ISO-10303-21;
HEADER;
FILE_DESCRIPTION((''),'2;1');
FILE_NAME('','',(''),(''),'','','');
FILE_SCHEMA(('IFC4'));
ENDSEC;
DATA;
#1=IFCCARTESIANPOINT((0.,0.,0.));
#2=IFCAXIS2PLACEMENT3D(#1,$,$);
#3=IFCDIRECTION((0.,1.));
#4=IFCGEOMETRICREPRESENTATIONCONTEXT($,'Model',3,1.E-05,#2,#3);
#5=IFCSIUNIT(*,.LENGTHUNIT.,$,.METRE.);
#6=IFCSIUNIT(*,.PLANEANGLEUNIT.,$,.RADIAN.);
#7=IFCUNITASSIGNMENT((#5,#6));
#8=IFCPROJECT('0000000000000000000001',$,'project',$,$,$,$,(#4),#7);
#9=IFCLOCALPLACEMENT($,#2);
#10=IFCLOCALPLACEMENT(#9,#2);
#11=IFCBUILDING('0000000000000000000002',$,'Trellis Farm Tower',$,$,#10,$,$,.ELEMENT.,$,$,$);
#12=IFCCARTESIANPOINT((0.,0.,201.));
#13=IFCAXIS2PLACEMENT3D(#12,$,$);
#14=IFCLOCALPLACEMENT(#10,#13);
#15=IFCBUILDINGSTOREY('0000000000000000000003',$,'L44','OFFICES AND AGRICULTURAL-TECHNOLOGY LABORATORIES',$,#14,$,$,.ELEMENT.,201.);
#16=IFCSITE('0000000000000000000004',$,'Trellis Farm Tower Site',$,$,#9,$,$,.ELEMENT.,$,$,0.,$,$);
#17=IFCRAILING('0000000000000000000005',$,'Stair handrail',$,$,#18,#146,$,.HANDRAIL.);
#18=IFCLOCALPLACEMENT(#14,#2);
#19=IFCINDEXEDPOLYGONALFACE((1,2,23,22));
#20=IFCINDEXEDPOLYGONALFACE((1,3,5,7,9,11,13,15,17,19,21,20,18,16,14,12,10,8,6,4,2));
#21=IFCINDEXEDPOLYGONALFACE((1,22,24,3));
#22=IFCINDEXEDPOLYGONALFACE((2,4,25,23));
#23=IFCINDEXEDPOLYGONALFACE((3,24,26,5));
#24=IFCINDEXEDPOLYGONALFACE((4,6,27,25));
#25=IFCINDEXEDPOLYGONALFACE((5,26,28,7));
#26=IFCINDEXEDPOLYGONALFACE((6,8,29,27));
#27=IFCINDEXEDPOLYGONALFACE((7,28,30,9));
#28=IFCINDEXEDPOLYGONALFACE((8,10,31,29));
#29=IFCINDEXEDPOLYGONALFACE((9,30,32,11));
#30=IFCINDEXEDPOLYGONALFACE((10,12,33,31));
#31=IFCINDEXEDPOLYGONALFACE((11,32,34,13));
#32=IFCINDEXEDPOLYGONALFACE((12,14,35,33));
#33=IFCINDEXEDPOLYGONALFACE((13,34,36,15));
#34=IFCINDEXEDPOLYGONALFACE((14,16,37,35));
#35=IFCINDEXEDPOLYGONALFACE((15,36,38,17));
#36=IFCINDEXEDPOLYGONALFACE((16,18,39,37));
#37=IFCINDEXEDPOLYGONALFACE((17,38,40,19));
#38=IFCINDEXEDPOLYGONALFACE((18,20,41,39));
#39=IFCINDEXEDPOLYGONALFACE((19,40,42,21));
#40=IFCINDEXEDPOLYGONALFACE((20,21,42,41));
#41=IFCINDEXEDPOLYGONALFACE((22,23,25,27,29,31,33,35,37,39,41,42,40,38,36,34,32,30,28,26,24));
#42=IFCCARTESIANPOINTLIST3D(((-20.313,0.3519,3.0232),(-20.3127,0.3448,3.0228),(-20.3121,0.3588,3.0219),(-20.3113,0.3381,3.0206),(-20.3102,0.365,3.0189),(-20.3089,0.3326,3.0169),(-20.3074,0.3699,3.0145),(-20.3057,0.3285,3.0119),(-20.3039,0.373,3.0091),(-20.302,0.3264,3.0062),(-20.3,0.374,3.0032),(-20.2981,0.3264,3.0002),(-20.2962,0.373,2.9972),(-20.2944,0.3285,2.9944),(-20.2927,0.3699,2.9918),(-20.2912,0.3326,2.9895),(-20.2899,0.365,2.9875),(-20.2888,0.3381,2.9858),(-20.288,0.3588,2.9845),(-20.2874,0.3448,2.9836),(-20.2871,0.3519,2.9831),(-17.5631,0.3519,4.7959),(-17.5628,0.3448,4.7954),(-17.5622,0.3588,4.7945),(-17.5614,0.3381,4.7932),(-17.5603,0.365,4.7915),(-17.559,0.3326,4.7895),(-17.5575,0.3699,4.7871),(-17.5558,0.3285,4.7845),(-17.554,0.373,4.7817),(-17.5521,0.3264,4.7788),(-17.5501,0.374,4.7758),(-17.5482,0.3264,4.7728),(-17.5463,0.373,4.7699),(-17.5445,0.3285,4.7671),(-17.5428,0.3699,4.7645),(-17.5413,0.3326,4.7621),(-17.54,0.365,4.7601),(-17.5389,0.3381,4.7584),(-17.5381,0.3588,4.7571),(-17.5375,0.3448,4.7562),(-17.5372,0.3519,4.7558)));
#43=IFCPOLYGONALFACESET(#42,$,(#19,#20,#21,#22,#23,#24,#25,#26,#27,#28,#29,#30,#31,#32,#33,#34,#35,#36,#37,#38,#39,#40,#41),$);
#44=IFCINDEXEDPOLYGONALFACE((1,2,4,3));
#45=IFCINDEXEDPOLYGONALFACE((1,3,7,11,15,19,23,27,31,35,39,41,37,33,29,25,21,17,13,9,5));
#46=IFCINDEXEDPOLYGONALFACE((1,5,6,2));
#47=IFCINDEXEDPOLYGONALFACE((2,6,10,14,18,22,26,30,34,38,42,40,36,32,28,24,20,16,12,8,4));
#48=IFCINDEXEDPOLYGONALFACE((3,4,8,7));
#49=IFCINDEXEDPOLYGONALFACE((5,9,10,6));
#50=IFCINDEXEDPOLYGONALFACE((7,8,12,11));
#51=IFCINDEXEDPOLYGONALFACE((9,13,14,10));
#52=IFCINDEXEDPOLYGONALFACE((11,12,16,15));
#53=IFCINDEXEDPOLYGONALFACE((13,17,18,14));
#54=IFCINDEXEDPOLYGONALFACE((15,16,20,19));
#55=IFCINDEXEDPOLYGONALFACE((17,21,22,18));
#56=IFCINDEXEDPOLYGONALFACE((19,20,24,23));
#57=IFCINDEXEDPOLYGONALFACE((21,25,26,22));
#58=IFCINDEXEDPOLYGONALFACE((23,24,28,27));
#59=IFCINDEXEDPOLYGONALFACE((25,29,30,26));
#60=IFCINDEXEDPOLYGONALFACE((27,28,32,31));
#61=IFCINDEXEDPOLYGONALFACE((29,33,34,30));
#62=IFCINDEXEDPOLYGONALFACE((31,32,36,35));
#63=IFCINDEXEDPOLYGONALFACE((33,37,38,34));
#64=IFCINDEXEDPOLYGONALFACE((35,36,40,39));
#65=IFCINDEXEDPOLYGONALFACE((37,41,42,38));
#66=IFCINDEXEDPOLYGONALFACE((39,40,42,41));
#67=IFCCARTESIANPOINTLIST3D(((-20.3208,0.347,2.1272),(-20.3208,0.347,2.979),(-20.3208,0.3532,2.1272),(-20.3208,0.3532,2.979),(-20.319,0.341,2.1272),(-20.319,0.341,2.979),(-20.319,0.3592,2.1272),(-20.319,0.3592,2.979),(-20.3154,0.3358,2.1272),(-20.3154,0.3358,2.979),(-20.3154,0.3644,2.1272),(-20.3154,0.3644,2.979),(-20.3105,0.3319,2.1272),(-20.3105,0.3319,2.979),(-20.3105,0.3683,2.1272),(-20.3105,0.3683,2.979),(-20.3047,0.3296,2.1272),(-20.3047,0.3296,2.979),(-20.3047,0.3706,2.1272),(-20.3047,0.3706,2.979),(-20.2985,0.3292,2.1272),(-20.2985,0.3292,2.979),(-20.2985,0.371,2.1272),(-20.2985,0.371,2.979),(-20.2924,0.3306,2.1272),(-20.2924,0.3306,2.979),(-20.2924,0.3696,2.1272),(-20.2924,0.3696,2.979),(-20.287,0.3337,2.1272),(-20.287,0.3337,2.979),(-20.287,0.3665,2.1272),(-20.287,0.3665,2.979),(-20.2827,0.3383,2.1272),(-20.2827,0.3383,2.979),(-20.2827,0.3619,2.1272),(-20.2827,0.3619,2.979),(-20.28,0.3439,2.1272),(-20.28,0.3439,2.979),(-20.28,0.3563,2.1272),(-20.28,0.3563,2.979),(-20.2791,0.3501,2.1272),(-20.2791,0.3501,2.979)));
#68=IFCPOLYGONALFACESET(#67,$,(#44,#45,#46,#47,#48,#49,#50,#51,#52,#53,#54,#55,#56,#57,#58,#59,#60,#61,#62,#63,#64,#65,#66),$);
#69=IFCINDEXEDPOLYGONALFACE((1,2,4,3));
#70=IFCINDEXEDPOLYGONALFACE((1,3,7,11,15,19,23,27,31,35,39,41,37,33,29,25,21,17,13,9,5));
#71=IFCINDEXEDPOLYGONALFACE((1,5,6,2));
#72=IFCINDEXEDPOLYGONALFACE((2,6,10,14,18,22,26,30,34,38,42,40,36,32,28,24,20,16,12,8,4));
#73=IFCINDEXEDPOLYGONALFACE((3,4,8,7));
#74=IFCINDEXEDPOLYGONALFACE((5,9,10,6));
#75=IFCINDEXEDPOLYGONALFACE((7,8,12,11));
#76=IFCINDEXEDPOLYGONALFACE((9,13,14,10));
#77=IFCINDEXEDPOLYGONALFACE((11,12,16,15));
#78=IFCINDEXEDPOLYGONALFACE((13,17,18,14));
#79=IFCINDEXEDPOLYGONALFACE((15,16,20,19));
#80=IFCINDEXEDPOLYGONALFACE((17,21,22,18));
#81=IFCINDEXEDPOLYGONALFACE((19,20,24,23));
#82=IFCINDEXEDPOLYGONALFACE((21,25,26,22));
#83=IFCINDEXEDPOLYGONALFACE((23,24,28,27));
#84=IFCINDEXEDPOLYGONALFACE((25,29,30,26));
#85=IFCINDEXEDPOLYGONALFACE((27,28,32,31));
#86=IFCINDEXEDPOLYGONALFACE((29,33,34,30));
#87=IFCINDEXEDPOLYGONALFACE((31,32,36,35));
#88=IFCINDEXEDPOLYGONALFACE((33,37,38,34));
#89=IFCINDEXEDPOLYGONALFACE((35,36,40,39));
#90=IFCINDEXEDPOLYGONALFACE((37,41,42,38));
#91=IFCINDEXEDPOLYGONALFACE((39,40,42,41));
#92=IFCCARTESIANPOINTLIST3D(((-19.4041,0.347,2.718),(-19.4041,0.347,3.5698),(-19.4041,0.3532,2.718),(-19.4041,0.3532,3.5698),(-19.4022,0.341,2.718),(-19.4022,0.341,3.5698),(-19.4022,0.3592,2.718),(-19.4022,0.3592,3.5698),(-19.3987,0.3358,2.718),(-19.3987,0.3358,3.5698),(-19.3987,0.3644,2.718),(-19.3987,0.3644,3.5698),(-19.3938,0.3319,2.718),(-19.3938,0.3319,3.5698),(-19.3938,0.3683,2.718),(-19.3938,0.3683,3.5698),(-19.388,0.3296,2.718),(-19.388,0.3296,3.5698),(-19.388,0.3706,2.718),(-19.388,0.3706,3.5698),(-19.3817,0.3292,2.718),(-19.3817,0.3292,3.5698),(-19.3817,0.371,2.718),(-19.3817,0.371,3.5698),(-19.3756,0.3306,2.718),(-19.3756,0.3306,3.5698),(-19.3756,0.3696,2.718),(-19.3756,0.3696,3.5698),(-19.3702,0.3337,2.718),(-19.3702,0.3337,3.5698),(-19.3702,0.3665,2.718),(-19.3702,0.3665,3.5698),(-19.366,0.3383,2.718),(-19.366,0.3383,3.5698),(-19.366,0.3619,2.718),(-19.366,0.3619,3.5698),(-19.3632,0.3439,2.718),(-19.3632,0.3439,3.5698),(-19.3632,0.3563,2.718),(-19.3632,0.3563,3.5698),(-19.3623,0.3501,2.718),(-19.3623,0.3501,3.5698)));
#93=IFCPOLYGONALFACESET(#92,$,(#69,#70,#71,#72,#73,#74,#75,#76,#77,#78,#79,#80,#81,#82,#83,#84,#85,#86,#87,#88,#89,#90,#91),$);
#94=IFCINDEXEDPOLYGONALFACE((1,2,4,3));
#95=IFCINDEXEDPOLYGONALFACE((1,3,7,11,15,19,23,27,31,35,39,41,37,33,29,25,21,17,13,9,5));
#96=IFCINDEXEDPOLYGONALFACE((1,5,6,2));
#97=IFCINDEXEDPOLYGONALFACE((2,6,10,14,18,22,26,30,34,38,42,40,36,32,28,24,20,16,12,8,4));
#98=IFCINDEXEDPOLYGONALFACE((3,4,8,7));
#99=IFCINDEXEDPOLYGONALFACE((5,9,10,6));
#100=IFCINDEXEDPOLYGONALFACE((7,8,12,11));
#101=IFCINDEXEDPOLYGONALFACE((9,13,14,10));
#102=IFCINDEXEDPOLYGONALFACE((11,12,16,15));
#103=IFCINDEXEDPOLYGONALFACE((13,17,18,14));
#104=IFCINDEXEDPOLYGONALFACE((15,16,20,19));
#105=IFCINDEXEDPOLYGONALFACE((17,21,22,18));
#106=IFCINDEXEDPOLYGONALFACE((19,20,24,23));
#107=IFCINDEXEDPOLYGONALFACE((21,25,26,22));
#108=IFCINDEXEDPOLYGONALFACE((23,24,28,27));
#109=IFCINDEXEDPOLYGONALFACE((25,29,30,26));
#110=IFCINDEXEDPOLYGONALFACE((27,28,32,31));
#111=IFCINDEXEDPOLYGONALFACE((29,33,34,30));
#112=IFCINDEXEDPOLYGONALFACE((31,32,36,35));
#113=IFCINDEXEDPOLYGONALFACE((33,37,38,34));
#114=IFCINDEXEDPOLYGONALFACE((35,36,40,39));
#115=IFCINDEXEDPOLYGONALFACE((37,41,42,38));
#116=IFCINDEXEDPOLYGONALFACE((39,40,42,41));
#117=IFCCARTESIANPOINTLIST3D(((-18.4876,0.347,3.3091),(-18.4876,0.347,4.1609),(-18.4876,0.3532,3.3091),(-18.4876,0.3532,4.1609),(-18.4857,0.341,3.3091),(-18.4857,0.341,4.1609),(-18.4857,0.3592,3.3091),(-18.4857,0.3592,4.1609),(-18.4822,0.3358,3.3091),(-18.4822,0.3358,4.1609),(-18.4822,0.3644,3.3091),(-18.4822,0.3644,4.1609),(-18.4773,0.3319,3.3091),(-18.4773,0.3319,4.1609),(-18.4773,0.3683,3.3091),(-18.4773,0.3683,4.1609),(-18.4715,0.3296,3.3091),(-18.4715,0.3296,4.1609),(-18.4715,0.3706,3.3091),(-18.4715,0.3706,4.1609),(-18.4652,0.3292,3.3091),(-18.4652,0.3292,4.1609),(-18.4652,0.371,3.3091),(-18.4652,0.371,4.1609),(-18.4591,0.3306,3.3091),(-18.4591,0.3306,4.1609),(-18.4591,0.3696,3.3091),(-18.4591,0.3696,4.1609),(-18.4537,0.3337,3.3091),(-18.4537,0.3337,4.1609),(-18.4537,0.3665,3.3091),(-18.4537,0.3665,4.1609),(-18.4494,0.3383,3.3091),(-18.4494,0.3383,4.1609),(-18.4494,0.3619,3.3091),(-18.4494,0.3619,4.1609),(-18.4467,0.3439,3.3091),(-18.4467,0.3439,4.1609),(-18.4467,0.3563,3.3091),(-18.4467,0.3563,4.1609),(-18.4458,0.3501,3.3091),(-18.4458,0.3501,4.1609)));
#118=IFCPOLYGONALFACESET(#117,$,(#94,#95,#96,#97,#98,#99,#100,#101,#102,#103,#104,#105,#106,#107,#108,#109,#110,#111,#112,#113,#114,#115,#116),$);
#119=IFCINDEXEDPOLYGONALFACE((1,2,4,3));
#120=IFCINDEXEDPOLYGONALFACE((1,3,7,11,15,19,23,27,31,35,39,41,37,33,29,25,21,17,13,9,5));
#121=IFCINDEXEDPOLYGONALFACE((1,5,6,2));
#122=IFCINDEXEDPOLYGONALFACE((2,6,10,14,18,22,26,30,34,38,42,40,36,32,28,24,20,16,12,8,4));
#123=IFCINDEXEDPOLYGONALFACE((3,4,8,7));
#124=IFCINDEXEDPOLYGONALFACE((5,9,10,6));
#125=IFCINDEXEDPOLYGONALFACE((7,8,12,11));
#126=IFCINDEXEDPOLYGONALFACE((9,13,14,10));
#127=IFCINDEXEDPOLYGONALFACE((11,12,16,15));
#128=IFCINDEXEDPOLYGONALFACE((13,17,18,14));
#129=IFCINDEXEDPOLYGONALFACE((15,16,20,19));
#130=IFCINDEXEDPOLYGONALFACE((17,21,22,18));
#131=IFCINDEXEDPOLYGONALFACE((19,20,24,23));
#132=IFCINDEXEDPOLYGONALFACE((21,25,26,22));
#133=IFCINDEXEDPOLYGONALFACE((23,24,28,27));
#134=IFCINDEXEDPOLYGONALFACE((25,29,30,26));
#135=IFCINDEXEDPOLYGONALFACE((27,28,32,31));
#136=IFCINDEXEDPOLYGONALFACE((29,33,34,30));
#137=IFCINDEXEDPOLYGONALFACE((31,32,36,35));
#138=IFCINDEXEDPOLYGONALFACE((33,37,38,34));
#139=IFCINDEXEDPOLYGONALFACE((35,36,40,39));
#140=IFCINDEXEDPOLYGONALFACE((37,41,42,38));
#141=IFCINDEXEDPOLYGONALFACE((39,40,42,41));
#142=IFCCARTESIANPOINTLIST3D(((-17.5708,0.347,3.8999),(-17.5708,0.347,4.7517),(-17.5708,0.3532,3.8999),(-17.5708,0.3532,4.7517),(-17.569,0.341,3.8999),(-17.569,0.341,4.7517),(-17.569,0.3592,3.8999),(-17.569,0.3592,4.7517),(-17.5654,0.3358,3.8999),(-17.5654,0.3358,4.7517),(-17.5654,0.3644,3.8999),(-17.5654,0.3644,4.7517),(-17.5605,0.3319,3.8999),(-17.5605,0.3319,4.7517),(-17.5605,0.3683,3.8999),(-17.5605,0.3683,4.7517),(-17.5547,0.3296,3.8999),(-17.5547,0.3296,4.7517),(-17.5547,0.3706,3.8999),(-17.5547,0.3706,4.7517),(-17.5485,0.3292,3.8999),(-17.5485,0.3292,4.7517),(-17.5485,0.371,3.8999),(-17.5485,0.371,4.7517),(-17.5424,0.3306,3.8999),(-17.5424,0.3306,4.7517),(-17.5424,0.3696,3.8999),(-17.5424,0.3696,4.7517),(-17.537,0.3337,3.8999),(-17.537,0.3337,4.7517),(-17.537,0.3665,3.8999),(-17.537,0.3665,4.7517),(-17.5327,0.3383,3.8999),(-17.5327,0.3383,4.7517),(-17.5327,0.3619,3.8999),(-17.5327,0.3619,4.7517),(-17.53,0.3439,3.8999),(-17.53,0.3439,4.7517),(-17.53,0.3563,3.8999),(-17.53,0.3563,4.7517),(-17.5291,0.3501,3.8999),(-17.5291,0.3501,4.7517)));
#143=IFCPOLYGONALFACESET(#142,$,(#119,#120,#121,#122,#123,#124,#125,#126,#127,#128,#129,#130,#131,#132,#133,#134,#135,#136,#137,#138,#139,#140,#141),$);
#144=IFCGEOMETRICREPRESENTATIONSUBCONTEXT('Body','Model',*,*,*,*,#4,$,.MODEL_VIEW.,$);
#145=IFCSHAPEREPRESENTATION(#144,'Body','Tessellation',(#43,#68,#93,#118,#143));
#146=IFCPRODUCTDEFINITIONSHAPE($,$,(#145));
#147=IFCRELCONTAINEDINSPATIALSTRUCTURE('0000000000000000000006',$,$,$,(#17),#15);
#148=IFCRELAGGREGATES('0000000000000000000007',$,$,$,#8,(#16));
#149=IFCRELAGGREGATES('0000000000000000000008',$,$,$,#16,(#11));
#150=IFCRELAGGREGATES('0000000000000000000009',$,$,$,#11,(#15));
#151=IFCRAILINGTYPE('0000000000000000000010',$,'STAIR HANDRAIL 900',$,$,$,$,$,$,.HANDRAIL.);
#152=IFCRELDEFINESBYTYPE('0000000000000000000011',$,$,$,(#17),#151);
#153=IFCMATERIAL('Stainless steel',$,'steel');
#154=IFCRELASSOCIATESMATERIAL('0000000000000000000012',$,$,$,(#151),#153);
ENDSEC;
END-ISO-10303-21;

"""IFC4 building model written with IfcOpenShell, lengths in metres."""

from ifc_helpers import new_model, si_unit, direction, frame, origin, origin_2d, place, context, subcontext, project, spatial, circle, extrude, source, transform, mapped, material, type_object, element, save


model = new_model("IFC4")

# Units and contexts
model_context = context("Model", 3, precision=1e-05, world=origin(), true_north=direction((0.0, 1.0)))
body_context = subcontext(model_context, "Body", "Model", "MODEL_VIEW")
ifc_project = project(units=[si_unit("LENGTHUNIT", "METRE"), si_unit("PLANEANGLEUNIT", "RADIAN")], contexts=[model_context])

# Site, building, storey
site_placement = place(None, origin())
site = spatial("IfcSite", under=ifc_project, at=site_placement, Name="Trellis Farm Tower Site", CompositionType="ELEMENT", RefElevation=0.0)
building_placement = place(site_placement, origin())
building = spatial("IfcBuilding", under=site, at=building_placement, Name="Trellis Farm Tower", CompositionType="ELEMENT")
storey_placement = place(building_placement, frame((0.0, 0.0, 201.0)))
storey = spatial("IfcBuildingStorey", under=building, at=storey_placement, Name="L44", Description="OFFICES AND AGRICULTURAL-TECHNOLOGY LABORATORIES", CompositionType="ELEMENT", Elevation=201.0)

# Railing
ifc_material_1 = material(Name="Stainless steel", Category="steel")
railing_type = type_object("IfcRailingType", Name="STAIR HANDRAIL 900", PredefinedType="HANDRAIL", material=ifc_material_1)
shared_shape_1 = source(origin(), body_context, "Body", "SweptSolid", [
    extrude(circle(Radius=0.0239, at=origin_2d()), frame((0.0, 0.0, 0.876), z_axis=(0.840504, 0.0, 0.541806), x_axis=(0.0, 1.0, 0.0)), (0.0, 0.0, 1.0), 3.2717),
    extrude(circle(Radius=0.021, at=origin_2d()), origin(), (0.0, 0.0, 1.0), 0.8518),
    extrude(circle(Radius=0.021, at=origin_2d()), frame((0.9167, 0.0, 0.5908)), (0.0, 0.0, 1.0), 0.8518),
    extrude(circle(Radius=0.021, at=origin_2d()), frame((1.8333, 0.0, 1.1819)), (0.0, 0.0, 1.0), 0.8518),
    extrude(circle(Radius=0.021, at=origin_2d()), frame((2.75, 0.0, 1.7727)), (0.0, 0.0, 1.0), 0.8518),
])
for number, where, name in (
    (1, (-20.3, 0.3501, 2.1272), "Stair handrail"),
):
    element("IfcRailing", number, at=place(storey_placement, frame(where)), inside=storey, type_object=railing_type, Name=name, PredefinedType="HANDRAIL", context=body_context, shape_type="MappedRepresentation", body=[
        mapped(shared_shape_1, transform((0.0, 0.0, 0.0))),
    ])

save(model, "model.ifc")
